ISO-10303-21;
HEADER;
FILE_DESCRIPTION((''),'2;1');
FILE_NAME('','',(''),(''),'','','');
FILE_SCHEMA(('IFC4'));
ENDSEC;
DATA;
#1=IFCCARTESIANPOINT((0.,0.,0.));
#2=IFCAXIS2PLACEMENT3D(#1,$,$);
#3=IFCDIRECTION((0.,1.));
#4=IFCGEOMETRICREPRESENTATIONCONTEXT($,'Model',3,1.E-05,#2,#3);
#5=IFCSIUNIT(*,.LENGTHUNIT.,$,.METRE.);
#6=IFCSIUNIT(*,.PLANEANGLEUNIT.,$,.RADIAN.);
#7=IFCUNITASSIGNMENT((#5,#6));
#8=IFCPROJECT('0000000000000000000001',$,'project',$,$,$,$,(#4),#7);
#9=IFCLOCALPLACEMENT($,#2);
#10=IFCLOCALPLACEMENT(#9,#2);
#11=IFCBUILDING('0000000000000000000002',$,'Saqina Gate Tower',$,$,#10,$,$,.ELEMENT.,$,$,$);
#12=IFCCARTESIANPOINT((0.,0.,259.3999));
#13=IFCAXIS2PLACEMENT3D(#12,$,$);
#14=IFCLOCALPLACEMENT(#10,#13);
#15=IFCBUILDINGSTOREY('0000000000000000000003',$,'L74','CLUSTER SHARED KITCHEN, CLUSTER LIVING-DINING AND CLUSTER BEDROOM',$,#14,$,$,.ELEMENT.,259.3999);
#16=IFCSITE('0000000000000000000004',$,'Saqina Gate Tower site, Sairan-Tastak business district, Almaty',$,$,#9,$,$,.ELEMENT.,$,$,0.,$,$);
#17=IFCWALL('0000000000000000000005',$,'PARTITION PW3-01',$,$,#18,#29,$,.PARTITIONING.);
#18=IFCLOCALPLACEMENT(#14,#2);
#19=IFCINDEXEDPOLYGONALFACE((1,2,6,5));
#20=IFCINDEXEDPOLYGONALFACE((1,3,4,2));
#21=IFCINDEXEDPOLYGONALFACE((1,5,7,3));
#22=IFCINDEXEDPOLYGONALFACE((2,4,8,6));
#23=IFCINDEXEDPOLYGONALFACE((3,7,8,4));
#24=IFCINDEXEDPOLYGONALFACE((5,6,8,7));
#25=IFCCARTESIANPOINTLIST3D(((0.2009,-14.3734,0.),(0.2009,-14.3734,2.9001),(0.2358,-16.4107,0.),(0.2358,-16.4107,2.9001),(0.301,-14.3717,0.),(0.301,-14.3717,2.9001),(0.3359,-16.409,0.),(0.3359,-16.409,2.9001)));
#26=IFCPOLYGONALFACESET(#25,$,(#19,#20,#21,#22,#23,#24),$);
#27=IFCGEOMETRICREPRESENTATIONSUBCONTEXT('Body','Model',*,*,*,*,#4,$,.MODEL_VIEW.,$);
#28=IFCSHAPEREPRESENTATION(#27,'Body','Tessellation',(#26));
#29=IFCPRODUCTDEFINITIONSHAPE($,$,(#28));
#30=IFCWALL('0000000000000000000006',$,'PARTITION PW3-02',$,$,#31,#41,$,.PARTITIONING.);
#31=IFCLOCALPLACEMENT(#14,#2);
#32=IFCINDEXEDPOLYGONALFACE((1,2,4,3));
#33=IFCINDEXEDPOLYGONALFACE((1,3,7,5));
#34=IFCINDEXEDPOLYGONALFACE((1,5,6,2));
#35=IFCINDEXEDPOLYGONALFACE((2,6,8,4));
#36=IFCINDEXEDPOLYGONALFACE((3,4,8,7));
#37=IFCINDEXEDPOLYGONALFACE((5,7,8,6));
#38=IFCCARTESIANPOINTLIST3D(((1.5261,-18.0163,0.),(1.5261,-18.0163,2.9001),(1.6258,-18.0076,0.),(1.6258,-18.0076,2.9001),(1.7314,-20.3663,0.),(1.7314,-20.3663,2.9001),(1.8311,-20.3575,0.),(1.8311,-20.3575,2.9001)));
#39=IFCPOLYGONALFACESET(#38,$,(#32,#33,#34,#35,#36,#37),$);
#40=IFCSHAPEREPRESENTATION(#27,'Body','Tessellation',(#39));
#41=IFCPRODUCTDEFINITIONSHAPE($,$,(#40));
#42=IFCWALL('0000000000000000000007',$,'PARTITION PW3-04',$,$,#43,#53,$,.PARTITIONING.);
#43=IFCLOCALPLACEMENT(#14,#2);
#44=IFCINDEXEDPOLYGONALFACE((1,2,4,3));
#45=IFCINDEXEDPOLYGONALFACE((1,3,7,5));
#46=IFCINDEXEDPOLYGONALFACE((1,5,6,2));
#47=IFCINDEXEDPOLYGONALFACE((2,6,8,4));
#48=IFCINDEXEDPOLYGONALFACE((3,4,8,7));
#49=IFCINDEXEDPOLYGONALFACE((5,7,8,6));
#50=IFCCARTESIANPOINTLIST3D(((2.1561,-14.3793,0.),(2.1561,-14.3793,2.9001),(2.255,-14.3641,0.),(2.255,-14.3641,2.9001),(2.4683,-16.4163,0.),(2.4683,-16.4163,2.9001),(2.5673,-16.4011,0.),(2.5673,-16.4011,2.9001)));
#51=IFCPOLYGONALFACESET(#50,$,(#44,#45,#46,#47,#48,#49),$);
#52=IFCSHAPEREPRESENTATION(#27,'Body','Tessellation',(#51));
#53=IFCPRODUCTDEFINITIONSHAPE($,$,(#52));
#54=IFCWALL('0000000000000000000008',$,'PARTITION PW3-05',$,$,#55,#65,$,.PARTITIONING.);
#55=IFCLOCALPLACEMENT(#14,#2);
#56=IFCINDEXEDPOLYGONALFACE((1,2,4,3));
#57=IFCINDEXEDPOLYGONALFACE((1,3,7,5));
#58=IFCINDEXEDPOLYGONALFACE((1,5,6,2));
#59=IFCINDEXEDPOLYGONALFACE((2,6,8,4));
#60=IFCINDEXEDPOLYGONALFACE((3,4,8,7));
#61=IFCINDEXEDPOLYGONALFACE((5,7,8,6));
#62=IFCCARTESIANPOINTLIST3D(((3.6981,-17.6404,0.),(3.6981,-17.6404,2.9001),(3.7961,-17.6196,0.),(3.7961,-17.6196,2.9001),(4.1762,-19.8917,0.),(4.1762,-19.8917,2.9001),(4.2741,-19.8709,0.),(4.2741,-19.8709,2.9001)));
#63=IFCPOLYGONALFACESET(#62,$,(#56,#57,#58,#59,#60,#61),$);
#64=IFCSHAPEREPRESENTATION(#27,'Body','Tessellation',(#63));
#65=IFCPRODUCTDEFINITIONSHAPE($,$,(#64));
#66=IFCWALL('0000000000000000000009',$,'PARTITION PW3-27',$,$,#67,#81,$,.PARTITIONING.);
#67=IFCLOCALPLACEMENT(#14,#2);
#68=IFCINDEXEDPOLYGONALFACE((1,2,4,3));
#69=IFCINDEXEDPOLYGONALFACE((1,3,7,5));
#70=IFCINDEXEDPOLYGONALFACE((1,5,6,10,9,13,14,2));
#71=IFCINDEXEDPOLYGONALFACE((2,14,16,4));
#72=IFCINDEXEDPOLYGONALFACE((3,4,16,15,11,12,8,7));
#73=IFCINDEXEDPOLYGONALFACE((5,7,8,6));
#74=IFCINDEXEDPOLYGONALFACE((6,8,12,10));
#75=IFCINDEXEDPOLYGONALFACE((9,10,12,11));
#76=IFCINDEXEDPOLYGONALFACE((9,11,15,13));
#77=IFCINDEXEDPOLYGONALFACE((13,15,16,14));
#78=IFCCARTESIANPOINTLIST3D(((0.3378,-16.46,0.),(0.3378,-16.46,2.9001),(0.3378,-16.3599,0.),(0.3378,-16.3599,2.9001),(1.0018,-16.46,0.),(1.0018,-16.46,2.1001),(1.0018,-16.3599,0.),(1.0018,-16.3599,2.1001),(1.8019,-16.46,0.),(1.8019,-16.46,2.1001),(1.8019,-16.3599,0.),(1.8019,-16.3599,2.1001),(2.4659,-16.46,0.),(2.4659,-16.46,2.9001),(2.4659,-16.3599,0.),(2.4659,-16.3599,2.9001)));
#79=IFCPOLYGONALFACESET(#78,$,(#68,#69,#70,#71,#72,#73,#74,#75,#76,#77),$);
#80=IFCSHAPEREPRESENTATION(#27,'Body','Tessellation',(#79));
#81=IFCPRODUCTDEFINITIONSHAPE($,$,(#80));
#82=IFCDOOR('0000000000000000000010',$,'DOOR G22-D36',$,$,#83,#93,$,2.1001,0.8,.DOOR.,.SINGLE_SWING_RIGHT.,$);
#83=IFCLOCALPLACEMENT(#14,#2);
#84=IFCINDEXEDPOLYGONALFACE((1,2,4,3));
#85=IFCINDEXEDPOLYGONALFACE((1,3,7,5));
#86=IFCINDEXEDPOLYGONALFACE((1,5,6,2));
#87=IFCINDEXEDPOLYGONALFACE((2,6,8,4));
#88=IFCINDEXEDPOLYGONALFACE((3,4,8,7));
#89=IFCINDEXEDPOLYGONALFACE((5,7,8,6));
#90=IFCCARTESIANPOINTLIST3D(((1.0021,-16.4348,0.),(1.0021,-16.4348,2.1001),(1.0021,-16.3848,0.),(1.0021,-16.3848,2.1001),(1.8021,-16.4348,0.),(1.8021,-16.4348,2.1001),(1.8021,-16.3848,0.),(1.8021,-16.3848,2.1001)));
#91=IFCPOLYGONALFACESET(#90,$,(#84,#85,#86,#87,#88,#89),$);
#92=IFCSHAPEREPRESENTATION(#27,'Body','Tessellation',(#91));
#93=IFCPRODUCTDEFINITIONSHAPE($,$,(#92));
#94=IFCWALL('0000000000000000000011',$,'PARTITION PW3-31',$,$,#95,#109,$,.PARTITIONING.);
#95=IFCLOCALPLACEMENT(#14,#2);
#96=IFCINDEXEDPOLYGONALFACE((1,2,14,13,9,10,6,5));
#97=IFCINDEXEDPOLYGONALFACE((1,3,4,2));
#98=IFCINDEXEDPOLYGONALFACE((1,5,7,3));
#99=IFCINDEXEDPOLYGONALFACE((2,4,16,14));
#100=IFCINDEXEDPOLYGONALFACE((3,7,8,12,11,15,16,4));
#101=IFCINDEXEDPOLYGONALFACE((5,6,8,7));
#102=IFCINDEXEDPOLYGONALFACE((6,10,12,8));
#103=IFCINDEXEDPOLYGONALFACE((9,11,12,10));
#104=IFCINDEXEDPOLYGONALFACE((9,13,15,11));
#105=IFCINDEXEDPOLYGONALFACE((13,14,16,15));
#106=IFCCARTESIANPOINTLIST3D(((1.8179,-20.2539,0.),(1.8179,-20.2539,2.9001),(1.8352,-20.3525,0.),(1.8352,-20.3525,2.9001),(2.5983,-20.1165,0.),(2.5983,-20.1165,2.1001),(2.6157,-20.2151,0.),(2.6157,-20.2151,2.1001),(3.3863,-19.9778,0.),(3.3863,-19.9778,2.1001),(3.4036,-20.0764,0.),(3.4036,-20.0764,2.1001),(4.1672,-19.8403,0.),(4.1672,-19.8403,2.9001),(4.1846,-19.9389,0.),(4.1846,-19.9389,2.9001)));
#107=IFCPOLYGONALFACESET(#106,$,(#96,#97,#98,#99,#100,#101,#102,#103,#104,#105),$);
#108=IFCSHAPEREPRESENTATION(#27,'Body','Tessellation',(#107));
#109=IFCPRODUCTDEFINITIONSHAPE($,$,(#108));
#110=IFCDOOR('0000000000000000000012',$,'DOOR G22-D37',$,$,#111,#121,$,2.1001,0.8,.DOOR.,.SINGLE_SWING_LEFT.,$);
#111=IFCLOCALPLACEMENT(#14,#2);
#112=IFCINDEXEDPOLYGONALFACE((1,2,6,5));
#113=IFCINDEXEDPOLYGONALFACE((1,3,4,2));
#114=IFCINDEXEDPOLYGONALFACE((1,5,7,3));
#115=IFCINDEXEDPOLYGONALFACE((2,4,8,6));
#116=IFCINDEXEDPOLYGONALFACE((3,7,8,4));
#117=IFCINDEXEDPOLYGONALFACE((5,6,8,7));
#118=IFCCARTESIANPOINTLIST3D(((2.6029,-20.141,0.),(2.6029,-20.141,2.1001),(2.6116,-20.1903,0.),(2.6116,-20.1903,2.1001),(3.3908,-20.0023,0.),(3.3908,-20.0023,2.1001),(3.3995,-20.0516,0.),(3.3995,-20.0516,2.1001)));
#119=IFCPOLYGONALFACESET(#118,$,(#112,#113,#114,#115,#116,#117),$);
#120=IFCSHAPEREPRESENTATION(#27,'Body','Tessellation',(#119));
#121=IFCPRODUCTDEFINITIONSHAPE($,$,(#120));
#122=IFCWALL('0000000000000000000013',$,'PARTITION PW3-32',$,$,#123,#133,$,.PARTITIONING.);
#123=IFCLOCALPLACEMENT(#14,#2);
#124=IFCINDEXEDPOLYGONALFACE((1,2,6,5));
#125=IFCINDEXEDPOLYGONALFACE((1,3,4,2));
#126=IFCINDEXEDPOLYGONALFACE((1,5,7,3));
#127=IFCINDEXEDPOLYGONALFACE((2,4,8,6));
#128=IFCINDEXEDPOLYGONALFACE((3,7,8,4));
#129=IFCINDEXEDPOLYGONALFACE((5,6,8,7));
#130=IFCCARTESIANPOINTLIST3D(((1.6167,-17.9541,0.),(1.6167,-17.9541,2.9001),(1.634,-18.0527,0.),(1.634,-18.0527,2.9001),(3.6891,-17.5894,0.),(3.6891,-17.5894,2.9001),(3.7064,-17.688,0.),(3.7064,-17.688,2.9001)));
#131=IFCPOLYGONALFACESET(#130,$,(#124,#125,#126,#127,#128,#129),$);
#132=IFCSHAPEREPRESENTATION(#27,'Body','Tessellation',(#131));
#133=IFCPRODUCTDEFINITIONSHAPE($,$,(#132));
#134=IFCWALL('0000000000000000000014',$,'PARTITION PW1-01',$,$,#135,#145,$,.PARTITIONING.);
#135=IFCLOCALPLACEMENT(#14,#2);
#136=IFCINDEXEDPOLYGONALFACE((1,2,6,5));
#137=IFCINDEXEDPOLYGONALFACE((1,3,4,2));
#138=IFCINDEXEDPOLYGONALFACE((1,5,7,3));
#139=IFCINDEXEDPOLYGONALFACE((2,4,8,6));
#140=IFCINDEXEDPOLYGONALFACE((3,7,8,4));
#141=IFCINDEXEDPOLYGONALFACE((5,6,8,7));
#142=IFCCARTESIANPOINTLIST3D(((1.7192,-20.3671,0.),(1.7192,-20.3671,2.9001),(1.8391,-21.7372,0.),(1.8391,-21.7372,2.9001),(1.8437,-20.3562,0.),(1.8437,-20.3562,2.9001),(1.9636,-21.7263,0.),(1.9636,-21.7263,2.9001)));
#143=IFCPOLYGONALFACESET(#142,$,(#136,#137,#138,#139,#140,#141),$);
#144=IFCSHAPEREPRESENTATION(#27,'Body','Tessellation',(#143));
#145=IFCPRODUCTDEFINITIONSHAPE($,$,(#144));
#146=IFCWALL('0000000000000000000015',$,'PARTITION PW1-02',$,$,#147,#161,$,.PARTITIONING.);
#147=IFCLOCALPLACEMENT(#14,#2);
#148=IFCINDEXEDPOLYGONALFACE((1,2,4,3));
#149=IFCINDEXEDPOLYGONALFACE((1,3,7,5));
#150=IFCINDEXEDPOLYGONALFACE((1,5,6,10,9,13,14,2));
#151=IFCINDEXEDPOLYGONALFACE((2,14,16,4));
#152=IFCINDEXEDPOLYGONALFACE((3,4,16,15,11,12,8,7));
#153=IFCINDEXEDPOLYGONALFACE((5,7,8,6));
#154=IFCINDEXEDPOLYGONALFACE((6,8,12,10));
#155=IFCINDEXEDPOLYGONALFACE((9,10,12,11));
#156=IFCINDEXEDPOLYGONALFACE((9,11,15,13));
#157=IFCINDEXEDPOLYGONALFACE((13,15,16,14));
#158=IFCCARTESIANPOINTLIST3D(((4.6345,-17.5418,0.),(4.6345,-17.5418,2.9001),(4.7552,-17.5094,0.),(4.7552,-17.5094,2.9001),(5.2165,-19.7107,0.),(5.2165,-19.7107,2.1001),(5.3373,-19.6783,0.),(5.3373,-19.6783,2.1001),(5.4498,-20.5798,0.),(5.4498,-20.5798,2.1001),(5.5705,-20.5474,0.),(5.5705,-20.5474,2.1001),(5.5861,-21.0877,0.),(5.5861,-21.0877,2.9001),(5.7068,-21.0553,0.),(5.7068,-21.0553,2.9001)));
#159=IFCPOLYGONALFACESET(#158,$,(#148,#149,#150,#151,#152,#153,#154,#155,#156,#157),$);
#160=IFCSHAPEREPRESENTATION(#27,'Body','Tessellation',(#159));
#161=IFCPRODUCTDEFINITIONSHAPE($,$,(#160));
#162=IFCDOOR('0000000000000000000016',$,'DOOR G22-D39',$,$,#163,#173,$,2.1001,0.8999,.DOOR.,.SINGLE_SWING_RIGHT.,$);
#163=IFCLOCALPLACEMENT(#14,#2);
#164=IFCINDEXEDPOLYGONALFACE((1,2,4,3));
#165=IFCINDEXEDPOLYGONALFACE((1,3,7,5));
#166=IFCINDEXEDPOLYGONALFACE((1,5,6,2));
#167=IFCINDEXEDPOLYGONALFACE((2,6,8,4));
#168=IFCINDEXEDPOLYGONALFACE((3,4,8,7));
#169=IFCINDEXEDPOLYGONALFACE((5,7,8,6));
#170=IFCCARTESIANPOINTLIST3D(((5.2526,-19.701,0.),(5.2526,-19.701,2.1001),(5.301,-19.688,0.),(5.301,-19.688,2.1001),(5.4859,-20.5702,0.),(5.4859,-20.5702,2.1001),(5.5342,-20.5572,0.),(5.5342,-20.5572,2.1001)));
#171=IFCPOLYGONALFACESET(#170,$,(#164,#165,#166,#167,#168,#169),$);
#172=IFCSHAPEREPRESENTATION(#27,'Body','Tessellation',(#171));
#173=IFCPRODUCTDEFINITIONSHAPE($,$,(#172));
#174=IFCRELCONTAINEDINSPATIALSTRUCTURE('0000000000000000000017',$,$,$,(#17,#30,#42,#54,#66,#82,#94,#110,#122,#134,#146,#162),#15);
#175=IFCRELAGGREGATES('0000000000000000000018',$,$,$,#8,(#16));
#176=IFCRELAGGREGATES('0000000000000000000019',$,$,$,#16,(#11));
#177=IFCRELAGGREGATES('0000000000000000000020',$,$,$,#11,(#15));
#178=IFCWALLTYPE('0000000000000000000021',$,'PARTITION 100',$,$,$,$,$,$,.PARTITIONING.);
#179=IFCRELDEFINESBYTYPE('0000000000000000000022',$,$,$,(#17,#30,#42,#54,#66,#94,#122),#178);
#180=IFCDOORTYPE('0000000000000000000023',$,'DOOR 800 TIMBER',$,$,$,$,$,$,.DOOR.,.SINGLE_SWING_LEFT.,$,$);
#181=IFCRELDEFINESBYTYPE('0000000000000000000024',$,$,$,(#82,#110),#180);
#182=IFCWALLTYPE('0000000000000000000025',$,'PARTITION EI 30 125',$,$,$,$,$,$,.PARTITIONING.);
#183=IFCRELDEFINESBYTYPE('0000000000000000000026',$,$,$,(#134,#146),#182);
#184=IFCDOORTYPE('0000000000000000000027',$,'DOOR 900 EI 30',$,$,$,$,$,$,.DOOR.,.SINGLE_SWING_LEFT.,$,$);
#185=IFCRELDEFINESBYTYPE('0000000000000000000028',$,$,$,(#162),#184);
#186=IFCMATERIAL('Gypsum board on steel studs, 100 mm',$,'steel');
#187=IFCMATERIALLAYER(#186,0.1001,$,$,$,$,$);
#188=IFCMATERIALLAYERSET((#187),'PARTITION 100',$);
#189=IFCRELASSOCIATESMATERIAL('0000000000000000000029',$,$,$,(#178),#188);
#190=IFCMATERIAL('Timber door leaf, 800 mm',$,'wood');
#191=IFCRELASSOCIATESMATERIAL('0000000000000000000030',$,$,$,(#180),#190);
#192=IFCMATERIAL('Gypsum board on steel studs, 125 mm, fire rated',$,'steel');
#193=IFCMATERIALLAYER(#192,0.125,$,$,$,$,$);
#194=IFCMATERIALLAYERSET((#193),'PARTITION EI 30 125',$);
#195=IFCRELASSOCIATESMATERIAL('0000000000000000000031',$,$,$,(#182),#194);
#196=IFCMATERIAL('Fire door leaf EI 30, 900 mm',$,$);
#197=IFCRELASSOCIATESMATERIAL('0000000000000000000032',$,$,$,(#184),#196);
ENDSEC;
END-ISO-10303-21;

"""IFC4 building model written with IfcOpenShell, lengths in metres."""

from ifc_helpers import new_model, si_unit, direction, frame, frame_2d, origin, place, context, subcontext, project, spatial, rectangle, extrude, material, layer, layer_set, type_object, element, fill, save


model = new_model("IFC4")

# Units and contexts
model_context = context("Model", 3, precision=1e-05, world=origin(), true_north=direction((0.0, 1.0)))
body_context = subcontext(model_context, "Body", "Model", "MODEL_VIEW")
ifc_project = project(units=[si_unit("LENGTHUNIT", "METRE"), si_unit("PLANEANGLEUNIT", "RADIAN")], contexts=[model_context])

# Site, building, storey
site_placement = place(None, origin())
site = spatial("IfcSite", under=ifc_project, at=site_placement, Name="Saqina Gate Tower site, Sairan-Tastak business district, Almaty", CompositionType="ELEMENT", RefElevation=0.0)
building_placement = place(site_placement, origin())
building = spatial("IfcBuilding", under=site, at=building_placement, Name="Saqina Gate Tower", CompositionType="ELEMENT")
storey_placement = place(building_placement, frame((0.0, 0.0, 259.3999)))
storey = spatial("IfcBuildingStorey", under=building, at=storey_placement, Name="L74", Description="CLUSTER SHARED KITCHEN, CLUSTER LIVING-DINING AND CLUSTER BEDROOM", CompositionType="ELEMENT", Elevation=259.3999)

# Walls
ifc_material_1 = material(Name="Gypsum board on steel studs, 100 mm", Category="steel")
ifc_layer_1 = layer(ifc_material_1, 0.1001)
ifc_layer_set_1 = layer_set([ifc_layer_1], Name="PARTITION 100")
wall_type_1 = type_object("IfcWallType", Name="PARTITION 100", PredefinedType="PARTITIONING", material=ifc_layer_set_1)
wall_1_placement = place(storey_placement, frame((0.251, -14.3726, 0.0), z_axis=(0.0, 0.0, 1.0), x_axis=(0.017133, -0.999853, 0.0)))
element("IfcWall", 1, at=wall_1_placement, inside=storey, type_object=wall_type_1, Name="PARTITION PW3-01", PredefinedType="PARTITIONING", context=body_context, shape_type="SweptSolid", body=[
    extrude(rectangle(XDim=2.0376, YDim=0.1001, at=frame_2d((1.0188, 0.0))), origin(), (0.0, 0.0, 1.0), 2.9001),
])
wall_2_placement = place(storey_placement, frame((1.5759, -18.012, 0.0), z_axis=(0.0, 0.0, 1.0), x_axis=(0.087045, -0.996204, 0.0)))
element("IfcWall", 2, at=wall_2_placement, inside=storey, type_object=wall_type_1, Name="PARTITION PW3-02", PredefinedType="PARTITIONING", context=body_context, shape_type="SweptSolid", body=[
    extrude(rectangle(XDim=2.3589, YDim=0.1001, at=frame_2d((1.1794, 0.0))), origin(), (0.0, 0.0, 1.0), 2.9001),
])
wall_3_placement = place(storey_placement, frame((2.2056, -14.3718, 0.0), z_axis=(0.0, 0.0, 1.0), x_axis=(0.151514, -0.988455, 0.0)))
element("IfcWall", 3, at=wall_3_placement, inside=storey, type_object=wall_type_1, Name="PARTITION PW3-04", PredefinedType="PARTITIONING", context=body_context, shape_type="SweptSolid", body=[
    extrude(rectangle(XDim=2.0608, YDim=0.1001, at=frame_2d((1.0303, 0.0))), origin(), (0.0, 0.0, 1.0), 2.9001),
])
wall_4_placement = place(storey_placement, frame((3.7471, -17.6299, 0.0), z_axis=(0.0, 0.0, 1.0), x_axis=(0.20771, -0.97819, 0.0)))
element("IfcWall", 4, at=wall_4_placement, inside=storey, type_object=wall_type_1, Name="PARTITION PW3-05", PredefinedType="PARTITIONING", context=body_context, shape_type="SweptSolid", body=[
    extrude(rectangle(XDim=2.3015, YDim=0.1001, at=frame_2d((1.1509, 0.0))), origin(), (0.0, 0.0, 1.0), 2.9001),
])

# Walls, openings, doors
wall_5_placement = place(storey_placement, frame((0.3379, -16.4099, 0.0), z_axis=(0.0, 0.0, 1.0), x_axis=(1.0, 0.0, 0.0)))
wall_5 = element("IfcWall", 5, at=wall_5_placement, inside=storey, type_object=wall_type_1, Name="PARTITION PW3-27", PredefinedType="PARTITIONING", context=body_context, shape_type="SweptSolid", body=[
    extrude(rectangle(XDim=2.1282, YDim=0.1001, at=frame_2d((1.064, 0.0))), origin(), (0.0, 0.0, 1.0), 2.9001),
])
opening_1_placement = place(wall_5_placement, frame((0.6641, 0.0, 0.0)))
opening_1 = element("IfcOpeningElement", 6, at=opening_1_placement, cuts=wall_5, PredefinedType="OPENING", context=body_context, shape_type="SweptSolid", body=[
    extrude(rectangle(XDim=0.8, YDim=2.1001, at=frame_2d((0.3999, 1.05))), frame((0.0, 0.062, 0.0), z_axis=(0.0, -1.0, 0.0), x_axis=(1.0, 0.0, 0.0)), (0.0, 0.0, 1.0), 0.124),
])
ifc_material_2 = material(Name="Timber door leaf, 800 mm", Category="wood")
door_type_1 = type_object("IfcDoorType", Name="DOOR 800 TIMBER", OperationType="SINGLE_SWING_LEFT", PredefinedType="DOOR", material=ifc_material_2)
door_1_placement = place(opening_1_placement, frame((0.8, 0.0, 0.0), z_axis=(0.0, 0.0, 1.0), x_axis=(-1.0, 0.0, 0.0)))
door_1 = element("IfcDoor", 7, at=door_1_placement, inside=storey, type_object=door_type_1, Name="DOOR G22-D36", OperationType="SINGLE_SWING_RIGHT", OverallHeight=2.1001, OverallWidth=0.8, PredefinedType="DOOR", context=body_context, shape_type="SweptSolid", body=[
    extrude(rectangle(XDim=0.8, YDim=2.1001, at=frame_2d((0.3999, 1.05))), frame((0.0, 0.0249, 0.0), z_axis=(0.0, -1.0, 0.0), x_axis=(1.0, 0.0, 0.0)), (0.0, 0.0, 1.0), 0.05),
])
fill(opening_1, door_1)
wall_6_placement = place(storey_placement, frame((1.8264, -20.3032, 0.0), z_axis=(0.0, 0.0, 1.0), x_axis=(0.984857, 0.173371, 0.0)))
wall_6 = element("IfcWall", 8, at=wall_6_placement, inside=storey, type_object=wall_type_1, Name="PARTITION PW3-31", PredefinedType="PARTITIONING", context=body_context, shape_type="SweptSolid", body=[
    extrude(rectangle(XDim=2.3855, YDim=0.1001, at=frame_2d((1.1929, 0.0))), origin(), (0.0, 0.0, 1.0), 2.9001),
])
opening_2_placement = place(wall_6_placement, frame((0.7927, 0.0, 0.0)))
opening_2 = element("IfcOpeningElement", 9, at=opening_2_placement, cuts=wall_6, PredefinedType="OPENING", context=body_context, shape_type="SweptSolid", body=[
    extrude(rectangle(XDim=0.8, YDim=2.1001, at=frame_2d((0.3999, 1.05))), frame((0.0, 0.062, 0.0), z_axis=(0.0, -1.0, 0.0), x_axis=(1.0, 0.0, 0.0)), (0.0, 0.0, 1.0), 0.124),
])
door_2_placement = place(opening_2_placement, frame((0.8, 0.0, 0.0), z_axis=(0.0, 0.0, 1.0), x_axis=(-1.0, 0.0, 0.0)))
door_2 = element("IfcDoor", 10, at=door_2_placement, inside=storey, type_object=door_type_1, Name="DOOR G22-D37", OperationType="SINGLE_SWING_LEFT", OverallHeight=2.1001, OverallWidth=0.8, PredefinedType="DOOR", context=body_context, shape_type="SweptSolid", body=[
    extrude(rectangle(XDim=0.8, YDim=2.1001, at=frame_2d((0.3999, 1.05))), frame((0.0, 0.0249, 0.0), z_axis=(0.0, -1.0, 0.0), x_axis=(1.0, 0.0, 0.0)), (0.0, 0.0, 1.0), 0.05),
])
fill(opening_2, door_2)

# Walls
wall_7_placement = place(storey_placement, frame((1.6252, -18.0034, 0.0), z_axis=(0.0, 0.0, 1.0), x_axis=(0.984864, 0.173329, 0.0)))
element("IfcWall", 11, at=wall_7_placement, inside=storey, type_object=wall_type_1, Name="PARTITION PW3-32", PredefinedType="PARTITIONING", context=body_context, shape_type="SweptSolid", body=[
    extrude(rectangle(XDim=2.1042, YDim=0.1001, at=frame_2d((1.0522, 0.0))), origin(), (0.0, 0.0, 1.0), 2.9001),
])
ifc_material_3 = material(Name="Gypsum board on steel studs, 125 mm, fire rated", Category="steel")
ifc_layer_2 = layer(ifc_material_3, 0.125)
ifc_layer_set_2 = layer_set([ifc_layer_2], Name="PARTITION EI 30 125")
wall_type_2 = type_object("IfcWallType", Name="PARTITION EI 30 125", PredefinedType="PARTITIONING", material=ifc_layer_set_2)
wall_8_placement = place(storey_placement, frame((1.7815, -20.3618, 0.0), z_axis=(0.0, 0.0, 1.0), x_axis=(0.087158, -0.996194, 0.0)))
element("IfcWall", 12, at=wall_8_placement, inside=storey, type_object=wall_type_2, Name="PARTITION PW1-01", PredefinedType="PARTITIONING", context=body_context, shape_type="SweptSolid", body=[
    extrude(rectangle(XDim=1.3752, YDim=0.125, at=frame_2d((0.6875, 0.0))), origin(), (0.0, 0.0, 1.0), 2.9001),
])

# Wall, opening, door
wall_9_placement = place(storey_placement, frame((4.6948, -17.5256, 0.0), z_axis=(0.0, 0.0, 1.0), x_axis=(0.25921, -0.965821, 0.0)))
wall_9 = element("IfcWall", 13, at=wall_9_placement, inside=storey, type_object=wall_type_2, Name="PARTITION PW1-02", PredefinedType="PARTITIONING", context=body_context, shape_type="SweptSolid", body=[
    extrude(rectangle(XDim=3.6714, YDim=0.125, at=frame_2d((1.8357, 0.0))), origin(), (0.0, 0.0, 1.0), 2.9001),
])
opening_3_placement = place(wall_9_placement, frame((2.2456, 0.0, 0.0)))
opening_3 = element("IfcOpeningElement", 14, at=opening_3_placement, cuts=wall_9, PredefinedType="OPENING", context=body_context, shape_type="SweptSolid", body=[
    extrude(rectangle(XDim=0.8999, YDim=2.1001, at=frame_2d((0.45, 1.05))), frame((0.0, 0.0745, 0.0), z_axis=(0.0, -1.0, 0.0), x_axis=(1.0, 0.0, 0.0)), (0.0, 0.0, 1.0), 0.1489),
])
ifc_material_4 = material(Name="Fire door leaf EI 30, 900 mm")
door_type_2 = type_object("IfcDoorType", Name="DOOR 900 EI 30", OperationType="SINGLE_SWING_LEFT", PredefinedType="DOOR", material=ifc_material_4)
door_3_placement = place(opening_3_placement, origin())
door_3 = element("IfcDoor", 15, at=door_3_placement, inside=storey, type_object=door_type_2, Name="DOOR G22-D39", OperationType="SINGLE_SWING_RIGHT", OverallHeight=2.1001, OverallWidth=0.8999, PredefinedType="DOOR", context=body_context, shape_type="SweptSolid", body=[
    extrude(rectangle(XDim=0.8999, YDim=2.1001, at=frame_2d((0.45, 1.05))), frame((0.0, 0.0249, 0.0), z_axis=(0.0, -1.0, 0.0), x_axis=(1.0, 0.0, 0.0)), (0.0, 0.0, 1.0), 0.05),
])
fill(opening_3, door_3)

save(model, "model.ifc")
